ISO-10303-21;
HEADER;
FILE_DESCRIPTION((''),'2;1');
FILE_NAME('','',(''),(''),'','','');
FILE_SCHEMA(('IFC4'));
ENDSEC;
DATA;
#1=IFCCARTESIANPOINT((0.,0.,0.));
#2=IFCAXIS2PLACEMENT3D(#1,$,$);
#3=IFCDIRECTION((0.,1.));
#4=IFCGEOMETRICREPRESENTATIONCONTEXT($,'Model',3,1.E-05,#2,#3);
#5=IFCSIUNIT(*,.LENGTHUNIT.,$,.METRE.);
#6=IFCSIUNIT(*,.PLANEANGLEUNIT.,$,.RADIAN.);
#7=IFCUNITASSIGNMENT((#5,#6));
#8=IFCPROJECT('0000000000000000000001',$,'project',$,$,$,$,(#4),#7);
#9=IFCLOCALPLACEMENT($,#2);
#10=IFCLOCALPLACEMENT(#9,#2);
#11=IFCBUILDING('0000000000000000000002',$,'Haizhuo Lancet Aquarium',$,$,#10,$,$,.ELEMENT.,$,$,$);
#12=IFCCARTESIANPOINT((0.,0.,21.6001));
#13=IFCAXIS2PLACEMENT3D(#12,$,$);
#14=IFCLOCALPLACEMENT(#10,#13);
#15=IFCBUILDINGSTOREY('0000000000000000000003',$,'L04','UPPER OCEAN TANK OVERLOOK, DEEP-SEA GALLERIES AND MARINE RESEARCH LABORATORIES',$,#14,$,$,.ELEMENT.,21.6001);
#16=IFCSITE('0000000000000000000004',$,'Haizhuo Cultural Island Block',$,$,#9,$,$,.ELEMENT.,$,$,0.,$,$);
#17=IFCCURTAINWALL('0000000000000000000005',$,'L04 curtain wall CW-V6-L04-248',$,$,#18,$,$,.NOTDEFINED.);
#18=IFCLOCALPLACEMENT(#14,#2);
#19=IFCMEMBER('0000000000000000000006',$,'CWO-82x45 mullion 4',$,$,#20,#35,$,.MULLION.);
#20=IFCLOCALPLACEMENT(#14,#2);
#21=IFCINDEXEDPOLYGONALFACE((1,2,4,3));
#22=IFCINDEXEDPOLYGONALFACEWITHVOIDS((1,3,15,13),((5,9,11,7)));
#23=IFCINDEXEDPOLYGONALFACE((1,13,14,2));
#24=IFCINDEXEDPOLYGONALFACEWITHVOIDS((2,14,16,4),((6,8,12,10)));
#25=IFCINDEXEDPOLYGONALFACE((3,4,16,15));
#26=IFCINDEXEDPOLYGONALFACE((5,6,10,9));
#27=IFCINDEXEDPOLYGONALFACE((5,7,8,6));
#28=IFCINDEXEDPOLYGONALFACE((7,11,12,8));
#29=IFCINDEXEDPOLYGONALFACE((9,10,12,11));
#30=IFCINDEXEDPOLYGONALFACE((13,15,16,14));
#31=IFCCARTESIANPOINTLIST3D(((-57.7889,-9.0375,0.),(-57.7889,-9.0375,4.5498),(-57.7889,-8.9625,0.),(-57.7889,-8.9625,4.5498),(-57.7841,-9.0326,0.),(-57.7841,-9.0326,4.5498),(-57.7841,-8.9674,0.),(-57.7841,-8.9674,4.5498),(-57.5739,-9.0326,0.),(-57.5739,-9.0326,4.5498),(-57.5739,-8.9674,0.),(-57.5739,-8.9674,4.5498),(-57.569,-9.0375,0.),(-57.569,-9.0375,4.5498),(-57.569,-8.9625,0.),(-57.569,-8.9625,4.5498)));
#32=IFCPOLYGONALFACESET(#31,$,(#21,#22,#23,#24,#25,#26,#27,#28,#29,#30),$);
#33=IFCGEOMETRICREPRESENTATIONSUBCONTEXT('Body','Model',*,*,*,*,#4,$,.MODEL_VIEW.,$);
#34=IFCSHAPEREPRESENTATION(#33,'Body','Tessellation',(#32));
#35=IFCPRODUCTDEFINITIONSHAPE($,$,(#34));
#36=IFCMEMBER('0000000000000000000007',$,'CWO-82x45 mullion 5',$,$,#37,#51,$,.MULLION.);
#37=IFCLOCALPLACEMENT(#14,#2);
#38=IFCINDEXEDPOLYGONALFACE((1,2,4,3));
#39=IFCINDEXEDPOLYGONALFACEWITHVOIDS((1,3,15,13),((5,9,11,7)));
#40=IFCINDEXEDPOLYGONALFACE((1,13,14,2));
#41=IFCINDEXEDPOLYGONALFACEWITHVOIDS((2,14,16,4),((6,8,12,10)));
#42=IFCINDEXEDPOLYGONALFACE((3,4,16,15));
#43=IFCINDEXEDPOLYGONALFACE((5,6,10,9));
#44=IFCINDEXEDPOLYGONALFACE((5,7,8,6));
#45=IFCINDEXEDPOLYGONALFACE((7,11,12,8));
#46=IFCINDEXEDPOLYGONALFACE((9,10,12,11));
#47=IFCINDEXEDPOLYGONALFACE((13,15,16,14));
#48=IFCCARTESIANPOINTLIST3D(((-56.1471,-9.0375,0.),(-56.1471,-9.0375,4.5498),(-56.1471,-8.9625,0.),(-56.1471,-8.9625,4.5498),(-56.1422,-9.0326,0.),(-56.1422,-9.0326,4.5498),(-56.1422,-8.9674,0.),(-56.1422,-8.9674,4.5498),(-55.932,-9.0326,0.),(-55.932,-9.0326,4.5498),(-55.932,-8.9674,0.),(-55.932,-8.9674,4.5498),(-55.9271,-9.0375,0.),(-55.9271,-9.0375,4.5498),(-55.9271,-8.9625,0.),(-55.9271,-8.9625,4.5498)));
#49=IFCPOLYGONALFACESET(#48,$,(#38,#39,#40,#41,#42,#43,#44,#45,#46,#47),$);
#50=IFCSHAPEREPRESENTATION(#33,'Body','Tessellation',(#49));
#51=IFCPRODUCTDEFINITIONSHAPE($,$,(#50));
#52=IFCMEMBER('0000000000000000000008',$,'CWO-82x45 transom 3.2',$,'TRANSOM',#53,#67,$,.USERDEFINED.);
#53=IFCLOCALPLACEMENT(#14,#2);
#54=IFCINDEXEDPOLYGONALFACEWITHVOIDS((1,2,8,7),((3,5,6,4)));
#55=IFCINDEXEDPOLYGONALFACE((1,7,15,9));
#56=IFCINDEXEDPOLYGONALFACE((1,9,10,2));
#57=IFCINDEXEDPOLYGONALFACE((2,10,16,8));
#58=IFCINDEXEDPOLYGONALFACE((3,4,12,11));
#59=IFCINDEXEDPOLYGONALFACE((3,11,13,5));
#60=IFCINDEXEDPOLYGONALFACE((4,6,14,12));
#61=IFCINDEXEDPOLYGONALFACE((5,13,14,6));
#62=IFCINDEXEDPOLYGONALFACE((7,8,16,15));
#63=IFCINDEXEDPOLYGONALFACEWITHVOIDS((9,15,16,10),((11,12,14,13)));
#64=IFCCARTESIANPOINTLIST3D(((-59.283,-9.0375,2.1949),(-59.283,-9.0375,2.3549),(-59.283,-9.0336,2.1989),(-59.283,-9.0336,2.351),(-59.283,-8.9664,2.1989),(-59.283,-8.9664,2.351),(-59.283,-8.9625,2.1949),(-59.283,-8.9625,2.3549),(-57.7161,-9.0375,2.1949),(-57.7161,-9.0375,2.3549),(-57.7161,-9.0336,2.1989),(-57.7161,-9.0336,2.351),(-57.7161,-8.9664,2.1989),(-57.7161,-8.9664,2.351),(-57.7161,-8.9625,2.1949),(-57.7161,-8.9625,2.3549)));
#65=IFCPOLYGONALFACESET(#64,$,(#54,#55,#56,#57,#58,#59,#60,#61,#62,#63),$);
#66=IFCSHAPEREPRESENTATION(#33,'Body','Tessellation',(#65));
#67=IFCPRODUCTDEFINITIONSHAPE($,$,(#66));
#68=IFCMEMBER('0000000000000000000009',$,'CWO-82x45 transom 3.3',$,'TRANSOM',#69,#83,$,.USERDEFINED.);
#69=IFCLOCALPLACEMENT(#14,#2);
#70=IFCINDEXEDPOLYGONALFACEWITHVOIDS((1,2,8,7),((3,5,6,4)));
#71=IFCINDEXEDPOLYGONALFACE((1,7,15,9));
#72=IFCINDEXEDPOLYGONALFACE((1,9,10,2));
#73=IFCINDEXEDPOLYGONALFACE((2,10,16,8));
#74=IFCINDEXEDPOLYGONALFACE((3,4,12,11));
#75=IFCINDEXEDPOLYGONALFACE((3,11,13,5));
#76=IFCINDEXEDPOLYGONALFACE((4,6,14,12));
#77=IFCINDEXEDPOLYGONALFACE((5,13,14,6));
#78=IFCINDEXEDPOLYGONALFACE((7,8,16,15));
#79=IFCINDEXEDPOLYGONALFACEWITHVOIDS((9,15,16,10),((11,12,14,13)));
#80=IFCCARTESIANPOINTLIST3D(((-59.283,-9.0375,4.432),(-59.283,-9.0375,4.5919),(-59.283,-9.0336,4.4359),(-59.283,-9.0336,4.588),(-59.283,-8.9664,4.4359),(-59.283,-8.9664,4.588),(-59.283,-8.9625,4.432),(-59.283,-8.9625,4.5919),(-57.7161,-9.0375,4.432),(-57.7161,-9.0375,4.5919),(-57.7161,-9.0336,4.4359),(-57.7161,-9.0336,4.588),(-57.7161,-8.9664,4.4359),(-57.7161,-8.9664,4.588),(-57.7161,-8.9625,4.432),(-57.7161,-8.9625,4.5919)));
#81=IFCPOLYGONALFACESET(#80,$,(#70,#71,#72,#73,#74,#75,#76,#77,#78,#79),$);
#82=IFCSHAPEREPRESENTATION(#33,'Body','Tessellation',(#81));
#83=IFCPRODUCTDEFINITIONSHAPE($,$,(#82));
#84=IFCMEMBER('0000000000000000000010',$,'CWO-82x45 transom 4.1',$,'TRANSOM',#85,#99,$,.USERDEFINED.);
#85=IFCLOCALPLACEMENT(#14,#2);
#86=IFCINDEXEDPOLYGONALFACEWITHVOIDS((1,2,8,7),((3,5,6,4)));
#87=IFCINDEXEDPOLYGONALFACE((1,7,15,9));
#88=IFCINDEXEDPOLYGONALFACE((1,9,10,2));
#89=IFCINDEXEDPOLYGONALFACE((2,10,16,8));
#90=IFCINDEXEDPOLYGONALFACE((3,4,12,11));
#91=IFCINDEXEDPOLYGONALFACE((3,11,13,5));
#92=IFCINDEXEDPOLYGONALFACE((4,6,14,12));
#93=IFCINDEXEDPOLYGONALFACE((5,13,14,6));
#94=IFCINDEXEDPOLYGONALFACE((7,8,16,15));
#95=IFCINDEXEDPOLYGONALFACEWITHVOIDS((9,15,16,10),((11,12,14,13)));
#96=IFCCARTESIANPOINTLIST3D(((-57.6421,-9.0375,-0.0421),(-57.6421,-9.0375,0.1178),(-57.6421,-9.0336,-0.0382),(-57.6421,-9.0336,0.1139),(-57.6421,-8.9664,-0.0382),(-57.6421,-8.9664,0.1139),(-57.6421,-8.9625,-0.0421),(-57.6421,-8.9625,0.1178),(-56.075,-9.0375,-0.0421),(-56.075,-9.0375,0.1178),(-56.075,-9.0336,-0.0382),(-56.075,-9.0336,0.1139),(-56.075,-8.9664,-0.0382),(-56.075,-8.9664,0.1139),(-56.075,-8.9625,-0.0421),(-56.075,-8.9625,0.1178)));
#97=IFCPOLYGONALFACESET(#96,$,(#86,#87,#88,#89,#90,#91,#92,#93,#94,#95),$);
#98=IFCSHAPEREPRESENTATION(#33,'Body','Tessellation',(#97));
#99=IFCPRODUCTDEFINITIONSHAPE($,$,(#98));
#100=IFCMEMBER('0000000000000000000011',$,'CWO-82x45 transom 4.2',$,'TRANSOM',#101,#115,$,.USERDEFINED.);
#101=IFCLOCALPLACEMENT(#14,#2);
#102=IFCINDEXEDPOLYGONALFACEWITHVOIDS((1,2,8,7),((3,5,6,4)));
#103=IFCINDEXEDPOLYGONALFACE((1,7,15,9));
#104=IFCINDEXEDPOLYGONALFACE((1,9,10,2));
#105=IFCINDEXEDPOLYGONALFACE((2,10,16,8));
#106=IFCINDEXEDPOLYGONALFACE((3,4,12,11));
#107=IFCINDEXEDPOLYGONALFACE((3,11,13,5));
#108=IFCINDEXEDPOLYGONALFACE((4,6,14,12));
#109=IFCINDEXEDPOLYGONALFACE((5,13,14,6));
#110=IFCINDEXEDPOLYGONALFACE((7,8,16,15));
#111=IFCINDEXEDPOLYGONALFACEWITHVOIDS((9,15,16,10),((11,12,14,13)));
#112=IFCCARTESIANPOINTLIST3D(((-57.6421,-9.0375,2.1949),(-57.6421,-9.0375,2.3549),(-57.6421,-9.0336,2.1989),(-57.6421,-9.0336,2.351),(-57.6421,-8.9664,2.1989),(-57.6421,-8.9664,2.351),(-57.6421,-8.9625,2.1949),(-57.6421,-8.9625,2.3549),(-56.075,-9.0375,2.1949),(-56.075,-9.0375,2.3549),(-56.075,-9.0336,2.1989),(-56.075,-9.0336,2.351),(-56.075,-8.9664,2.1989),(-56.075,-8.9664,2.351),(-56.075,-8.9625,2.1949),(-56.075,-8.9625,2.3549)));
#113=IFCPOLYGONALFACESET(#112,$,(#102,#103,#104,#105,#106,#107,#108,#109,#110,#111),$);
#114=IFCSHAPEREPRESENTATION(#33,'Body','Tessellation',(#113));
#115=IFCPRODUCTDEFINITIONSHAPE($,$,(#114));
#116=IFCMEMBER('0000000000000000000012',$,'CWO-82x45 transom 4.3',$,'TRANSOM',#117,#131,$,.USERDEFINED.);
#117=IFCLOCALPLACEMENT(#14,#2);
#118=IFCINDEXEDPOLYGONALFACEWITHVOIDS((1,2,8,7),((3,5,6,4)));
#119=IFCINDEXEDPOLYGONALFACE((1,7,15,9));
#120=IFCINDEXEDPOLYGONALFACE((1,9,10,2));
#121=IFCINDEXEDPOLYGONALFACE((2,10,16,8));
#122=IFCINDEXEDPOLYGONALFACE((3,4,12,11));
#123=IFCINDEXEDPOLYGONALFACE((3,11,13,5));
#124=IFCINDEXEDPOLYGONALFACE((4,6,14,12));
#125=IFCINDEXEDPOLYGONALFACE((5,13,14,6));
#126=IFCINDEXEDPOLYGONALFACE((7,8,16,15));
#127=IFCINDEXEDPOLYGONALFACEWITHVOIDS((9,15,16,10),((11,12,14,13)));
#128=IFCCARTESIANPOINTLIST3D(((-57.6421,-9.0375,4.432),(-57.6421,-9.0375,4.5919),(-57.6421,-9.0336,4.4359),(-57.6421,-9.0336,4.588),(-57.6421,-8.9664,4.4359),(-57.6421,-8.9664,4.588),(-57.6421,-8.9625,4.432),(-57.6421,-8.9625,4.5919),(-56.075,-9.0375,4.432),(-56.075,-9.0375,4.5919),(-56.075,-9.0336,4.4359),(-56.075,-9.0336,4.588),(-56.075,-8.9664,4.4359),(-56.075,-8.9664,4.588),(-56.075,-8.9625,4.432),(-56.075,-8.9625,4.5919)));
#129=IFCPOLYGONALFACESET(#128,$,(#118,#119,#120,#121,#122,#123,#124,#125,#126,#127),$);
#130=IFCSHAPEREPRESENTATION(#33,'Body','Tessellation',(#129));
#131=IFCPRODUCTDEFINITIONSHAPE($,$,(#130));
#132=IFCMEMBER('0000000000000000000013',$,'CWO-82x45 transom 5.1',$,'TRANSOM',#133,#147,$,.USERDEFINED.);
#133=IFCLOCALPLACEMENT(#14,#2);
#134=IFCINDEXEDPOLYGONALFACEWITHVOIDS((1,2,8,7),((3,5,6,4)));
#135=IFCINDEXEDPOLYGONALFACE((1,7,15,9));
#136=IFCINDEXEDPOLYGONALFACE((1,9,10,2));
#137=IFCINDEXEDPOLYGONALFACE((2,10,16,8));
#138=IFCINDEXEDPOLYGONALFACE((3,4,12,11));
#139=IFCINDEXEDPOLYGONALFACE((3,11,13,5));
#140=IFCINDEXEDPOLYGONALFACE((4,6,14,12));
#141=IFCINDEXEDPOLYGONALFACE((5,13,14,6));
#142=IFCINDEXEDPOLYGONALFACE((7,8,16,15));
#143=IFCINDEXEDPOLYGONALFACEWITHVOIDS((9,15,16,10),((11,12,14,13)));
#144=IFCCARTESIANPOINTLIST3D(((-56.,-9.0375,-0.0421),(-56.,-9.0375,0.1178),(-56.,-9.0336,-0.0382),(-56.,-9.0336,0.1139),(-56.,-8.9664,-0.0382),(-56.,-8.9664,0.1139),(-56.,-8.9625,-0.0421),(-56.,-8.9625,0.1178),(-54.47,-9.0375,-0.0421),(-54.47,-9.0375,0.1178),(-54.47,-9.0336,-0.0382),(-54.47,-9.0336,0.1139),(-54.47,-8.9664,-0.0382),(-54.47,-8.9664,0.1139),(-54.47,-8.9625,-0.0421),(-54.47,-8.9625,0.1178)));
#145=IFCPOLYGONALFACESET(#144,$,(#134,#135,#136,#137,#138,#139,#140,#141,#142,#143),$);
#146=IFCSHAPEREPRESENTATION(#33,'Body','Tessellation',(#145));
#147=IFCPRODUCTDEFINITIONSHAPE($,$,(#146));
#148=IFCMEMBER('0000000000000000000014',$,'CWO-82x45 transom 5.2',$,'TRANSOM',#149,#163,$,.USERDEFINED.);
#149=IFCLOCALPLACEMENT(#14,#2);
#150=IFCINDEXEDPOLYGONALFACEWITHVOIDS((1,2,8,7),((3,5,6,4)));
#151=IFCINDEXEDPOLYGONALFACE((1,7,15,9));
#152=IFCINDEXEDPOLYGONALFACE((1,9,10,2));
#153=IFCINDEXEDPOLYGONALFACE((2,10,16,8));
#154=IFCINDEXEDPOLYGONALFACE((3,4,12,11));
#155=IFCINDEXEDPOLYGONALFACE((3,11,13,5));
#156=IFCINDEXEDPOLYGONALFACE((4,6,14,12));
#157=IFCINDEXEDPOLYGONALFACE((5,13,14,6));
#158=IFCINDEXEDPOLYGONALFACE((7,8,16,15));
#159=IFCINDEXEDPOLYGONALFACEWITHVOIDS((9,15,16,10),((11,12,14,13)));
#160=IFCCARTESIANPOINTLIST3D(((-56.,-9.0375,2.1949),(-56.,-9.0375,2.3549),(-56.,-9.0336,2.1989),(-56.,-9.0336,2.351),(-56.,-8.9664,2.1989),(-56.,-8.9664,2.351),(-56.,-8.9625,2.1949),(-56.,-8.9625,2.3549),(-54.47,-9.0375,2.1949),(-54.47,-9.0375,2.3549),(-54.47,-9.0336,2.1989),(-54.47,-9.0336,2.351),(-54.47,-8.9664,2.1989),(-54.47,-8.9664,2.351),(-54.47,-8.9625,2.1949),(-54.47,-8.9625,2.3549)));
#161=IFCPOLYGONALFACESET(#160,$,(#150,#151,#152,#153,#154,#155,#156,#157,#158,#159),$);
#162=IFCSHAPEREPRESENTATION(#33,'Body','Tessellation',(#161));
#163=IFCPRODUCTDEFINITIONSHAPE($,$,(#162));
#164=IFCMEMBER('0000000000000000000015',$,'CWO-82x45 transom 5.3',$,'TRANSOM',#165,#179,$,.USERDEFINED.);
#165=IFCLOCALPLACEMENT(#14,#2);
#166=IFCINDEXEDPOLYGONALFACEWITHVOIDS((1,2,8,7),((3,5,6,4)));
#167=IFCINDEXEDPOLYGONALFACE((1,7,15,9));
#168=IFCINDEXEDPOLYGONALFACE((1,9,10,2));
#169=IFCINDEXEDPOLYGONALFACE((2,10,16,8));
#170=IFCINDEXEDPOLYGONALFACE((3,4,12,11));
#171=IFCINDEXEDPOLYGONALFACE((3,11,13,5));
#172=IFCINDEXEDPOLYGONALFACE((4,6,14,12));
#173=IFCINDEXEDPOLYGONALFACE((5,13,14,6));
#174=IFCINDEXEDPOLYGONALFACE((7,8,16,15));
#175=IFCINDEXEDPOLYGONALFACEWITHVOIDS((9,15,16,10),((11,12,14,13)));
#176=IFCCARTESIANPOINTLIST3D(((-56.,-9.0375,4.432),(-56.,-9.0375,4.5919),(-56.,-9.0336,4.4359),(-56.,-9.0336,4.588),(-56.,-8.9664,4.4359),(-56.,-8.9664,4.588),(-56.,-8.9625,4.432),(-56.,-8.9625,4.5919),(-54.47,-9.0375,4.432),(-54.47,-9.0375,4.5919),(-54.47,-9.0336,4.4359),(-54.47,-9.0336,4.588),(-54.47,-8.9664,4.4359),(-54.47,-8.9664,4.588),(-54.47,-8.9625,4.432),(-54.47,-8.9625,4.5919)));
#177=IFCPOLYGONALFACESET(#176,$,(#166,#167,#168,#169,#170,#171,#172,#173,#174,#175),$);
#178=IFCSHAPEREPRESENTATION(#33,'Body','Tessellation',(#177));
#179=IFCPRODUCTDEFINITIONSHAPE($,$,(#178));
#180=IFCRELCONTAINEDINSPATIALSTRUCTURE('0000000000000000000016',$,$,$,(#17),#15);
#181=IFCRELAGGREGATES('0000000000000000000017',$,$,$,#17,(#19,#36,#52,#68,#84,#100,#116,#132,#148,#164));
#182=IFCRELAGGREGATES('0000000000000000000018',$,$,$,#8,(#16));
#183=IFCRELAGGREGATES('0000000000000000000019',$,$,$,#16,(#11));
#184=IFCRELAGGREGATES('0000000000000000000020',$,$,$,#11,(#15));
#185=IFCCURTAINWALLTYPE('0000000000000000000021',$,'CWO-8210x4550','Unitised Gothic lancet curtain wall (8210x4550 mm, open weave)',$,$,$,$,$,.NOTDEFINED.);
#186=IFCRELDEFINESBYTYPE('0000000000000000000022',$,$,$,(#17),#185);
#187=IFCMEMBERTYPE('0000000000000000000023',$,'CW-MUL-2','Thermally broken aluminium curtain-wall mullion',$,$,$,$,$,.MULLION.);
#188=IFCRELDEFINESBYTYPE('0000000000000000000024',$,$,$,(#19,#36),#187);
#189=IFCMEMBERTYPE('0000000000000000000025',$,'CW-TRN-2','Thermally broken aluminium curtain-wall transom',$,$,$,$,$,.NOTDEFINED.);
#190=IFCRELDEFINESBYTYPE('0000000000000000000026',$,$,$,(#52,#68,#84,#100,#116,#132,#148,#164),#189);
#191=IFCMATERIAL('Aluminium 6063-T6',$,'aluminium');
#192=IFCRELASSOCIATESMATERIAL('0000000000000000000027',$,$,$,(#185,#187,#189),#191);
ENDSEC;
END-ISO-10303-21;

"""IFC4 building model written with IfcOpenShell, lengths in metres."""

from ifc_helpers import new_model, si_unit, direction, frame, origin, origin_2d, place, context, subcontext, project, spatial, hollow_rectangle, extrude, material, material_profile, profile_set, type_object, element, aggregate, save


model = new_model("IFC4")

# Units and contexts
model_context = context("Model", 3, precision=1e-05, world=origin(), true_north=direction((0.0, 1.0)))
body_context = subcontext(model_context, "Body", "Model", "MODEL_VIEW")
ifc_project = project(units=[si_unit("LENGTHUNIT", "METRE"), si_unit("PLANEANGLEUNIT", "RADIAN")], contexts=[model_context])

# Site, building, storey
site_placement = place(None, origin())
site = spatial("IfcSite", under=ifc_project, at=site_placement, Name="Haizhuo Cultural Island Block", CompositionType="ELEMENT", RefElevation=0.0)
building_placement = place(site_placement, origin())
building = spatial("IfcBuilding", under=site, at=building_placement, Name="Haizhuo Lancet Aquarium", CompositionType="ELEMENT")
storey_placement = place(building_placement, frame((0.0, 0.0, 21.6001)))
storey = spatial("IfcBuildingStorey", under=building, at=storey_placement, Name="L04", Description="UPPER OCEAN TANK OVERLOOK, DEEP-SEA GALLERIES AND MARINE RESEARCH LABORATORIES", CompositionType="ELEMENT", Elevation=21.6001)

# Curtain wall, members
ifc_material_1 = material(Name="Aluminium 6063-T6", Category="aluminium")
curtain_wall_type = type_object("IfcCurtainWallType", Name="CWO-8210x4550", Description="Unitised Gothic lancet curtain wall (8210x4550 mm, open weave)", PredefinedType="NOTDEFINED", material=ifc_material_1)
curtain_wall_placement = place(storey_placement, origin())
curtain_wall = element("IfcCurtainWall", 1, at=curtain_wall_placement, inside=storey, type_object=curtain_wall_type, Name="L04 curtain wall CW-V6-L04-248", PredefinedType="NOTDEFINED")
ifc_material_profile_1 = material_profile(ifc_material_1, hollow_rectangle(XDim=0.075, YDim=0.22, WallThickness=0.0049, at=origin_2d()), Name="ALU-M 75x220x5")
ifc_profile_set_1 = profile_set([ifc_material_profile_1], Name="Aluminium 6063-T6")
member_type_1 = type_object("IfcMemberType", Name="CW-MUL-2", Description="Thermally broken aluminium curtain-wall mullion", PredefinedType="MULLION", material=ifc_profile_set_1)
member_1_placement = place(storey_placement, frame((-57.679, -9.0, 0.0), z_axis=(0.0, 0.0, 1.0), x_axis=(0.0, 1.0, 0.0)))
member_1 = element("IfcMember", 2, at=member_1_placement, type_object=member_type_1, Name="CWO-82x45 mullion 4", PredefinedType="MULLION", context=body_context, shape_type="SweptSolid", body=[
    extrude(hollow_rectangle(XDim=0.075, YDim=0.22, WallThickness=0.0049, at=origin_2d()), origin(), (0.0, 0.0, 1.0), 4.5498),
])
member_2_placement = place(storey_placement, frame((-56.0371, -9.0, 0.0), z_axis=(0.0, 0.0, 1.0), x_axis=(0.0, 1.0, 0.0)))
member_2 = element("IfcMember", 3, at=member_2_placement, type_object=member_type_1, Name="CWO-82x45 mullion 5", PredefinedType="MULLION", context=body_context, shape_type="SweptSolid", body=[
    extrude(hollow_rectangle(XDim=0.075, YDim=0.22, WallThickness=0.0049, at=origin_2d()), origin(), (0.0, 0.0, 1.0), 4.5498),
])
ifc_material_profile_2 = material_profile(ifc_material_1, hollow_rectangle(XDim=0.075, YDim=0.1599, WallThickness=0.0039, at=origin_2d()), Name="ALU-T 75x160x4")
ifc_profile_set_2 = profile_set([ifc_material_profile_2], Name="Aluminium 6063-T6")
member_type_2 = type_object("IfcMemberType", Name="CW-TRN-2", Description="Thermally broken aluminium curtain-wall transom", PredefinedType="NOTDEFINED", material=ifc_profile_set_2)
member_3_placement = place(storey_placement, frame((-59.283, -9.0, 2.2749), z_axis=(1.0, 0.0, 0.0), x_axis=(0.0, 1.0, 0.0)))
member_3 = element("IfcMember", 4, at=member_3_placement, type_object=member_type_2, Name="CWO-82x45 transom 3.2", ObjectType="TRANSOM", PredefinedType="USERDEFINED", context=body_context, shape_type="SweptSolid", body=[
    extrude(hollow_rectangle(XDim=0.075, YDim=0.1599, WallThickness=0.0039, at=origin_2d()), origin(), (0.0, 0.0, 1.0), 1.5669),
])
member_4_placement = place(storey_placement, frame((-59.283, -9.0, 4.512), z_axis=(1.0, 0.0, 0.0), x_axis=(0.0, 1.0, 0.0)))
member_4 = element("IfcMember", 5, at=member_4_placement, type_object=member_type_2, Name="CWO-82x45 transom 3.3", ObjectType="TRANSOM", PredefinedType="USERDEFINED", context=body_context, shape_type="SweptSolid", body=[
    extrude(hollow_rectangle(XDim=0.075, YDim=0.1599, WallThickness=0.0039, at=origin_2d()), origin(), (0.0, 0.0, 1.0), 1.5669),
])
member_5_placement = place(storey_placement, frame((-57.6421, -9.0, 0.0378), z_axis=(1.0, 0.0, 0.0), x_axis=(0.0, 1.0, 0.0)))
member_5 = element("IfcMember", 6, at=member_5_placement, type_object=member_type_2, Name="CWO-82x45 transom 4.1", ObjectType="TRANSOM", PredefinedType="USERDEFINED", context=body_context, shape_type="SweptSolid", body=[
    extrude(hollow_rectangle(XDim=0.075, YDim=0.1599, WallThickness=0.0039, at=origin_2d()), origin(), (0.0, 0.0, 1.0), 1.5671),
])
member_6_placement = place(storey_placement, frame((-57.6421, -9.0, 2.2749), z_axis=(1.0, 0.0, 0.0), x_axis=(0.0, 1.0, 0.0)))
member_6 = element("IfcMember", 7, at=member_6_placement, type_object=member_type_2, Name="CWO-82x45 transom 4.2", ObjectType="TRANSOM", PredefinedType="USERDEFINED", context=body_context, shape_type="SweptSolid", body=[
    extrude(hollow_rectangle(XDim=0.075, YDim=0.1599, WallThickness=0.0039, at=origin_2d()), origin(), (0.0, 0.0, 1.0), 1.5671),
])
member_7_placement = place(storey_placement, frame((-57.6421, -9.0, 4.512), z_axis=(1.0, 0.0, 0.0), x_axis=(0.0, 1.0, 0.0)))
member_7 = element("IfcMember", 8, at=member_7_placement, type_object=member_type_2, Name="CWO-82x45 transom 4.3", ObjectType="TRANSOM", PredefinedType="USERDEFINED", context=body_context, shape_type="SweptSolid", body=[
    extrude(hollow_rectangle(XDim=0.075, YDim=0.1599, WallThickness=0.0039, at=origin_2d()), origin(), (0.0, 0.0, 1.0), 1.5671),
])
member_8_placement = place(storey_placement, frame((-56.0, -9.0, 0.0378), z_axis=(1.0, 0.0, 0.0), x_axis=(0.0, 1.0, 0.0)))
member_8 = element("IfcMember", 9, at=member_8_placement, type_object=member_type_2, Name="CWO-82x45 transom 5.1", ObjectType="TRANSOM", PredefinedType="USERDEFINED", context=body_context, shape_type="SweptSolid", body=[
    extrude(hollow_rectangle(XDim=0.075, YDim=0.1599, WallThickness=0.0039, at=origin_2d()), origin(), (0.0, 0.0, 1.0), 1.53),
])
member_9_placement = place(storey_placement, frame((-56.0, -9.0, 2.2749), z_axis=(1.0, 0.0, 0.0), x_axis=(0.0, 1.0, 0.0)))
member_9 = element("IfcMember", 10, at=member_9_placement, type_object=member_type_2, Name="CWO-82x45 transom 5.2", ObjectType="TRANSOM", PredefinedType="USERDEFINED", context=body_context, shape_type="SweptSolid", body=[
    extrude(hollow_rectangle(XDim=0.075, YDim=0.1599, WallThickness=0.0039, at=origin_2d()), origin(), (0.0, 0.0, 1.0), 1.53),
])
member_10_placement = place(storey_placement, frame((-56.0, -9.0, 4.512), z_axis=(1.0, 0.0, 0.0), x_axis=(0.0, 1.0, 0.0)))
member_10 = element("IfcMember", 11, at=member_10_placement, type_object=member_type_2, Name="CWO-82x45 transom 5.3", ObjectType="TRANSOM", PredefinedType="USERDEFINED", context=body_context, shape_type="SweptSolid", body=[
    extrude(hollow_rectangle(XDim=0.075, YDim=0.1599, WallThickness=0.0039, at=origin_2d()), origin(), (0.0, 0.0, 1.0), 1.53),
])

aggregate(curtain_wall, [member_1, member_2, member_3, member_4, member_5, member_6, member_7, member_8, member_9, member_10])

save(model, "model.ifc")
